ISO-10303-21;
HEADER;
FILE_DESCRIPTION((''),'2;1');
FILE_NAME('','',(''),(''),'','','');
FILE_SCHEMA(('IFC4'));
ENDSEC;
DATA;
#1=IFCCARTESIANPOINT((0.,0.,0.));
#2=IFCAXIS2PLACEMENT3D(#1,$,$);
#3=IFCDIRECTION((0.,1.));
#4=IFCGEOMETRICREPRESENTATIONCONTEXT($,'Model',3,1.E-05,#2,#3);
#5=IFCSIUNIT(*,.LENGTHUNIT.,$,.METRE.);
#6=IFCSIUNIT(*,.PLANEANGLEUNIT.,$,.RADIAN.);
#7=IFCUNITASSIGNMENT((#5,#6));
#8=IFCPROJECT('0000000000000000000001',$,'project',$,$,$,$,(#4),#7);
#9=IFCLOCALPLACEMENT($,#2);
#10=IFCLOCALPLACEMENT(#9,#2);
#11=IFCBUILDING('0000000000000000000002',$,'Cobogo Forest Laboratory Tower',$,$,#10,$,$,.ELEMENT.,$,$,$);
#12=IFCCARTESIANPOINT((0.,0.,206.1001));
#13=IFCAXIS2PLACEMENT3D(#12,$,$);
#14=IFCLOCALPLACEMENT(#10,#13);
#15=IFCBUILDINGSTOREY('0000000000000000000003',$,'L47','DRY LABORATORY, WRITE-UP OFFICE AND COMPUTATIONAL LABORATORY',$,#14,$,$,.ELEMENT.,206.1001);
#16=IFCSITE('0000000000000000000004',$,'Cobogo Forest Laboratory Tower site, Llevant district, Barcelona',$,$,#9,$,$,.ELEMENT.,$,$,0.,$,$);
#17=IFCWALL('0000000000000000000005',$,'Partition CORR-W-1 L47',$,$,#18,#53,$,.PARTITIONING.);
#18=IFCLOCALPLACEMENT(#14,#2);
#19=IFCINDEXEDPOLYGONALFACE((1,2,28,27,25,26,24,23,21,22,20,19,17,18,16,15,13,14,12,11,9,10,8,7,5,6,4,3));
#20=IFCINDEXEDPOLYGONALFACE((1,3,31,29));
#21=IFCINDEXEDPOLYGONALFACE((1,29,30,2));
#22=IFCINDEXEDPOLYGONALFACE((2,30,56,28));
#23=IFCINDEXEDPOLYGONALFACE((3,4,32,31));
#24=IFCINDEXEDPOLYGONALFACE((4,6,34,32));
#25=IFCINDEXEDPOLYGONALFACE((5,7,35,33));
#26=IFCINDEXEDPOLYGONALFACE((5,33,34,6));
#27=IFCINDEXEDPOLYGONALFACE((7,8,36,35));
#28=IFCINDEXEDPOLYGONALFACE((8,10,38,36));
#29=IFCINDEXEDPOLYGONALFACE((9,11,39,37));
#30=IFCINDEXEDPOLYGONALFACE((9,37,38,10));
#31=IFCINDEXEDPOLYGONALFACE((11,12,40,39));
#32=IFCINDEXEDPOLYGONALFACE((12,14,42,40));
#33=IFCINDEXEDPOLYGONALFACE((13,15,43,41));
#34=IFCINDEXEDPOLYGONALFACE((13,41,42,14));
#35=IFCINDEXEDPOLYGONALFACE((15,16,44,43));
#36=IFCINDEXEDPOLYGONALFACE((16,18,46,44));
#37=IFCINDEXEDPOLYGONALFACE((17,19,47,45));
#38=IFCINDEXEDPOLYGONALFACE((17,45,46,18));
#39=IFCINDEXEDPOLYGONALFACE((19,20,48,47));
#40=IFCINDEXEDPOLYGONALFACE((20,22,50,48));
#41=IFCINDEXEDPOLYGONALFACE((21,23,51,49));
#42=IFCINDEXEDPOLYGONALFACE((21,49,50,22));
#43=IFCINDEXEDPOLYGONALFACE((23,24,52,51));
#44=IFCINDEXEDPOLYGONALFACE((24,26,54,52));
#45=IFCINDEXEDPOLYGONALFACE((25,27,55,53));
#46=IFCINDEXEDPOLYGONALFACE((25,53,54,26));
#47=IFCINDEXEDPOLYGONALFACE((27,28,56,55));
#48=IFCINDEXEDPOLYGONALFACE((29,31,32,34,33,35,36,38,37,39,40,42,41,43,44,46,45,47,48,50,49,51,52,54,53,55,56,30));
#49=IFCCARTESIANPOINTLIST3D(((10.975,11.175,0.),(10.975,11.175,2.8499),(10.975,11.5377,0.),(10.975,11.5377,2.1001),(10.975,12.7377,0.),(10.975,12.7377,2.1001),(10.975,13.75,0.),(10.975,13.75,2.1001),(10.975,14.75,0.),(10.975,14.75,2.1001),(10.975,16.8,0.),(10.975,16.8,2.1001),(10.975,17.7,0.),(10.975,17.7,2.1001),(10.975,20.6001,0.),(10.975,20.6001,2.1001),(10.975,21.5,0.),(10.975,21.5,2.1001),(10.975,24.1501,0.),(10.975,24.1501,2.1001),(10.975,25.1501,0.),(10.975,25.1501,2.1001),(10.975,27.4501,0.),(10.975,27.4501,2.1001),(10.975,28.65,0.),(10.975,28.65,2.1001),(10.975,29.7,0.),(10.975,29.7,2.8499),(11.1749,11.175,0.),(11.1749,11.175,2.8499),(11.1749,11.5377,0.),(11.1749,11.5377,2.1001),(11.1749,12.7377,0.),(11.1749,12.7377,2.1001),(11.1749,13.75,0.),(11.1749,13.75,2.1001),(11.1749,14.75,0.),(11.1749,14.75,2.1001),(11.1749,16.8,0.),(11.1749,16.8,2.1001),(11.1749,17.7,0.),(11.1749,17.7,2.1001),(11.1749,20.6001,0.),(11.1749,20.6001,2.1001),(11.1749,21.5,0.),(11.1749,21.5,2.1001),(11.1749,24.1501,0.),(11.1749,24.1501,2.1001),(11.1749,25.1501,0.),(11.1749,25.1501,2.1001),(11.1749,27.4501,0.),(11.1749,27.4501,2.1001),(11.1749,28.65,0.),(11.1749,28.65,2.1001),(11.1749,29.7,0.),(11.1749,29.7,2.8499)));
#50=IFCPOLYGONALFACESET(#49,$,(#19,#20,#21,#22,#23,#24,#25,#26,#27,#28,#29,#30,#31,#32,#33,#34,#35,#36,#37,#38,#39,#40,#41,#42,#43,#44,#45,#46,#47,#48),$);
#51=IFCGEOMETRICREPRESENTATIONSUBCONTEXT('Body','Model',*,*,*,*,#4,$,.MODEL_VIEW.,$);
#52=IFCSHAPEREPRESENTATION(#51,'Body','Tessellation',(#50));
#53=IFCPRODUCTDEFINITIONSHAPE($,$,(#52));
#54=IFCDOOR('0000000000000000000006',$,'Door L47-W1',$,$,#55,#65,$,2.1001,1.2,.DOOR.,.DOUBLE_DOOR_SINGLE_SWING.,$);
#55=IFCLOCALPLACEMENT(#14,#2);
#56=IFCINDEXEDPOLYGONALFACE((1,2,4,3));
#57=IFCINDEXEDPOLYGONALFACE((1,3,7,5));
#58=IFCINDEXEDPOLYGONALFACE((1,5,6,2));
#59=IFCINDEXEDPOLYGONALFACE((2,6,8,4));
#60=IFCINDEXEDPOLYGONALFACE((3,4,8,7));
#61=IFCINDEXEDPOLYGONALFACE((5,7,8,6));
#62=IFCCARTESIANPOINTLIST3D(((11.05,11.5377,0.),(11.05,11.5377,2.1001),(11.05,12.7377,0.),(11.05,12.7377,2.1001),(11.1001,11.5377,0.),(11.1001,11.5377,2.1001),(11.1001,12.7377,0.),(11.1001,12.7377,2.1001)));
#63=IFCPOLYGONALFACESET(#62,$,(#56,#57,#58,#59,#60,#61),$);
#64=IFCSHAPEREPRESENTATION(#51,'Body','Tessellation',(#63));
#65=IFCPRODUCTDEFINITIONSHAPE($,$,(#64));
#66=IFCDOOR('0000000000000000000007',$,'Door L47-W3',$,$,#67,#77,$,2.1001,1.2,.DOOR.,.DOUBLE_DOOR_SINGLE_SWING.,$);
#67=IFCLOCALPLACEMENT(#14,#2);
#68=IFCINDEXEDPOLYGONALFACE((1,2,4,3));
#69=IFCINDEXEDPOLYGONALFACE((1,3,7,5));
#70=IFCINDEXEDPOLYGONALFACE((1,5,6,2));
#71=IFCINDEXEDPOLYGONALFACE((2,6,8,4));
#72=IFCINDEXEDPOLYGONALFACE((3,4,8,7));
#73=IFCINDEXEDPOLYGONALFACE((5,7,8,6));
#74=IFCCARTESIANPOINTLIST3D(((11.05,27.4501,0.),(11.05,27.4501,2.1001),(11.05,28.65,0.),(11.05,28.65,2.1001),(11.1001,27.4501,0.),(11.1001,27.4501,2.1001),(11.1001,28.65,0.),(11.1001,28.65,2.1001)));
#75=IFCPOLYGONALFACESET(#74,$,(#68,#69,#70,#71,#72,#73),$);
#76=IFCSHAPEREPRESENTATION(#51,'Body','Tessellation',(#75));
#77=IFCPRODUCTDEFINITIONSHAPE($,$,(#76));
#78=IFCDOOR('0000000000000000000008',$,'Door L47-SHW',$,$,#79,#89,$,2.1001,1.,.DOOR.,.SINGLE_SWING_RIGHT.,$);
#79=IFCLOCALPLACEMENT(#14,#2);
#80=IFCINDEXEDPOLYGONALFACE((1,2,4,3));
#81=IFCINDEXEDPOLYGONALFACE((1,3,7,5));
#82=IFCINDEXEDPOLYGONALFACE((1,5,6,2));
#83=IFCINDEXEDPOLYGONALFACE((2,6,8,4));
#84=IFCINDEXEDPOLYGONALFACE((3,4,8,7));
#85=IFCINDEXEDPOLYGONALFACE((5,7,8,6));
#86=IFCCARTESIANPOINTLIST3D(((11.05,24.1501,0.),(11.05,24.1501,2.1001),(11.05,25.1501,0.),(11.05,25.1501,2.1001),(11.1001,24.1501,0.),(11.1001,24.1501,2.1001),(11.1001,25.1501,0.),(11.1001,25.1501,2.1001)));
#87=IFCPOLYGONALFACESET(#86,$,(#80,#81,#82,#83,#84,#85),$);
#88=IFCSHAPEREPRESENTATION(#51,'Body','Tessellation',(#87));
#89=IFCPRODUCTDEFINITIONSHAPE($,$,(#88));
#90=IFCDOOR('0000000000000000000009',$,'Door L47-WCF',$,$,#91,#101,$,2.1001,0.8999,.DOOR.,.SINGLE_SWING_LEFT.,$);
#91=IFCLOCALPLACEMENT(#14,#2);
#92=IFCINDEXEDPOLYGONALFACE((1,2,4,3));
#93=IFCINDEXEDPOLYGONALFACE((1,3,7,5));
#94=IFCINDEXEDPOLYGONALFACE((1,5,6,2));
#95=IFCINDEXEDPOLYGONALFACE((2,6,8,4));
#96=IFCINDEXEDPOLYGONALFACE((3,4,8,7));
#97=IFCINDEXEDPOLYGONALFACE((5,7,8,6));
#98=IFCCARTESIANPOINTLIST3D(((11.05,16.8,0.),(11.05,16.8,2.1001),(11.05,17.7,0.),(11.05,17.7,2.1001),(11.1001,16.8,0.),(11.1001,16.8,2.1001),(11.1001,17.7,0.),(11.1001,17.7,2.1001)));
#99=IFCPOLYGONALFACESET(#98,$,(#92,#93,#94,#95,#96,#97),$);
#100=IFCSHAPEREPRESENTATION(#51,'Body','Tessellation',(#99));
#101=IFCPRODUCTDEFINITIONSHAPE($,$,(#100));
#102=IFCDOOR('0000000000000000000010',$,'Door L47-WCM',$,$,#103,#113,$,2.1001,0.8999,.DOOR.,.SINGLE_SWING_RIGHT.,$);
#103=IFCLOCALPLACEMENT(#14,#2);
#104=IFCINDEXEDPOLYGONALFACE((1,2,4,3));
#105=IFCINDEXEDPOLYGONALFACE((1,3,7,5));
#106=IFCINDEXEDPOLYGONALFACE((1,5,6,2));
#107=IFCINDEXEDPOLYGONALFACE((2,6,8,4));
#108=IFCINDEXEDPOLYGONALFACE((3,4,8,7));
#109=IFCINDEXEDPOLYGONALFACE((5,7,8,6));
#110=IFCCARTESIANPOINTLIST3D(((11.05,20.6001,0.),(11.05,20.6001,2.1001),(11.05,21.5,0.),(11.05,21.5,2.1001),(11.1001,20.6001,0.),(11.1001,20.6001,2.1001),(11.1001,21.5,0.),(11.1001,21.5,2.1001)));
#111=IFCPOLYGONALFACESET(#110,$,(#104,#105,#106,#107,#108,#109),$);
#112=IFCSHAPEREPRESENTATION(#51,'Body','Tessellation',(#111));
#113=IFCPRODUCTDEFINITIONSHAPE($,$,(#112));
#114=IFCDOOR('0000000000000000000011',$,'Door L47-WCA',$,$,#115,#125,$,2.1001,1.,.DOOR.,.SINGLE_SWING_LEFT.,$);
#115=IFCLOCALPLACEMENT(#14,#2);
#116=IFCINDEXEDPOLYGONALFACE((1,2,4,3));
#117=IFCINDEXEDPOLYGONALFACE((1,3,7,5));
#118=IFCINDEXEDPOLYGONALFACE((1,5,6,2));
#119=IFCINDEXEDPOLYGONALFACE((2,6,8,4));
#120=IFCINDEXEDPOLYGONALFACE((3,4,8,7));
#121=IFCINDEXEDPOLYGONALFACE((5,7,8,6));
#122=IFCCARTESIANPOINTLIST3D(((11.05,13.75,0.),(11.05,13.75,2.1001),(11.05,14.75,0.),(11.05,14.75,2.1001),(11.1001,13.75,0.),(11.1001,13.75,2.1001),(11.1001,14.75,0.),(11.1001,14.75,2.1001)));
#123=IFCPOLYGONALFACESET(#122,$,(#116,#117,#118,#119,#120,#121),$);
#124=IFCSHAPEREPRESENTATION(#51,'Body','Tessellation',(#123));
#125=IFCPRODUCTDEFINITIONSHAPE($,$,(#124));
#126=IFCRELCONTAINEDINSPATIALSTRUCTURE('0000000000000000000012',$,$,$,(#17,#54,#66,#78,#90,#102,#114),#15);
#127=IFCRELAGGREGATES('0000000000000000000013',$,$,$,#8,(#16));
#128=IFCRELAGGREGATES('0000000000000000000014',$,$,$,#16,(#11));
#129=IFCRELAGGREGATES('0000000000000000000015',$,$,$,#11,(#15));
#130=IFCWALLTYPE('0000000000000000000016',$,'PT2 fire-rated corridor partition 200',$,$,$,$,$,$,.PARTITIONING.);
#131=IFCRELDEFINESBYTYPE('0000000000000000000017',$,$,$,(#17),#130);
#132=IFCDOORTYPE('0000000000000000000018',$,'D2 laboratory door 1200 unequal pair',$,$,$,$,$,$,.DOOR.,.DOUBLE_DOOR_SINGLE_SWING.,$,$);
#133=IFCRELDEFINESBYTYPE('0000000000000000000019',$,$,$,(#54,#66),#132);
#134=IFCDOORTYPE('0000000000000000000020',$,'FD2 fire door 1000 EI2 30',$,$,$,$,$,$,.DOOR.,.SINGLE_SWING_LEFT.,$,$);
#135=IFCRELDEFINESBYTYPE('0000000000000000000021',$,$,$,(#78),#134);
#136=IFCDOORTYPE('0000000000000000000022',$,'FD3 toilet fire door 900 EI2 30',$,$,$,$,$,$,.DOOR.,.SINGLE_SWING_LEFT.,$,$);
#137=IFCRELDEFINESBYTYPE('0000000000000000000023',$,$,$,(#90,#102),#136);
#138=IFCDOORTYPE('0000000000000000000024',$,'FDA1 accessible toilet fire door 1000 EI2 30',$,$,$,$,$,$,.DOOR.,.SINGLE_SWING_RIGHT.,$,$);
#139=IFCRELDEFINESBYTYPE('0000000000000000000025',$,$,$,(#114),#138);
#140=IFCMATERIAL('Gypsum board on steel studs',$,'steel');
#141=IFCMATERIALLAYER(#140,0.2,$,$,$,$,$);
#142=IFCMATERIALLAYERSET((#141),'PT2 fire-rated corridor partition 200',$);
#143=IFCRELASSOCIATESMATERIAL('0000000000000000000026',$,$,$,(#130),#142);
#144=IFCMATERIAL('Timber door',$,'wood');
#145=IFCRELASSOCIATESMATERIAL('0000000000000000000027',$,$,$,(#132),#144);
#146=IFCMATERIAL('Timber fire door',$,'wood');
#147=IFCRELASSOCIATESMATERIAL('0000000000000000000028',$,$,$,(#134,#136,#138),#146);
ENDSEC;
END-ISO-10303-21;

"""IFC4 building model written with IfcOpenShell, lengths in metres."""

from ifc_helpers import new_model, si_unit, direction, frame, frame_2d, origin, place, context, subcontext, project, spatial, rectangle, extrude, material, layer, layer_set, type_object, element, fill, save


model = new_model("IFC4")

# Units and contexts
model_context = context("Model", 3, precision=1e-05, world=origin(), true_north=direction((0.0, 1.0)))
body_context = subcontext(model_context, "Body", "Model", "MODEL_VIEW")
ifc_project = project(units=[si_unit("LENGTHUNIT", "METRE"), si_unit("PLANEANGLEUNIT", "RADIAN")], contexts=[model_context])

# Site, building, storey
site_placement = place(None, origin())
site = spatial("IfcSite", under=ifc_project, at=site_placement, Name="Cobogo Forest Laboratory Tower site, Llevant district, Barcelona", CompositionType="ELEMENT", RefElevation=0.0)
building_placement = place(site_placement, origin())
building = spatial("IfcBuilding", under=site, at=building_placement, Name="Cobogo Forest Laboratory Tower", CompositionType="ELEMENT")
storey_placement = place(building_placement, frame((0.0, 0.0, 206.1001)))
storey = spatial("IfcBuildingStorey", under=building, at=storey_placement, Name="L47", Description="DRY LABORATORY, WRITE-UP OFFICE AND COMPUTATIONAL LABORATORY", CompositionType="ELEMENT", Elevation=206.1001)

# Wall, openings, doors
ifc_material_1 = material(Name="Gypsum board on steel studs", Category="steel")
ifc_layer = layer(ifc_material_1, 0.2)
ifc_layer_set = layer_set([ifc_layer], Name="PT2 fire-rated corridor partition 200")
wall_type = type_object("IfcWallType", Name="PT2 fire-rated corridor partition 200", PredefinedType="PARTITIONING", material=ifc_layer_set)
ifc_material_2 = material(Name="Timber door", Category="wood")
door_type_1 = type_object("IfcDoorType", Name="D2 laboratory door 1200 unequal pair", OperationType="DOUBLE_DOOR_SINGLE_SWING", PredefinedType="DOOR", material=ifc_material_2)
wall_1_placement = place(storey_placement, frame((11.075, 11.175, 0.0), z_axis=(0.0, 0.0, 1.0), x_axis=(0.0, 1.0, 0.0)))
wall_1 = element("IfcWall", 1, at=wall_1_placement, inside=storey, type_object=wall_type, Name="Partition CORR-W-1 L47", PredefinedType="PARTITIONING", context=body_context, shape_type="SweptSolid", body=[
    extrude(rectangle(XDim=18.5249, YDim=0.2, at=frame_2d((9.2625, 0.0))), origin(), (0.0, 0.0, 1.0), 2.8499),
])
opening_1_placement = place(wall_1_placement, frame((0.3625, 0.0, 0.0)))
opening_1 = element("IfcOpeningElement", 2, at=opening_1_placement, cuts=wall_1, PredefinedType="OPENING", context=body_context, shape_type="SweptSolid", body=[
    extrude(rectangle(XDim=1.2, YDim=2.1001, at=frame_2d((0.6001, 1.05))), frame((0.0, 0.1099, 0.0), z_axis=(0.0, -1.0, 0.0), x_axis=(1.0, 0.0, 0.0)), (0.0, 0.0, 1.0), 0.22),
])
opening_2_placement = place(wall_1_placement, frame((2.575, 0.0, 0.0)))
opening_2 = element("IfcOpeningElement", 3, at=opening_2_placement, cuts=wall_1, PredefinedType="OPENING", context=body_context, shape_type="SweptSolid", body=[
    extrude(rectangle(XDim=1.0, YDim=2.1001, at=frame_2d((0.5, 1.05))), frame((0.0, 0.1099, 0.0), z_axis=(0.0, -1.0, 0.0), x_axis=(1.0, 0.0, 0.0)), (0.0, 0.0, 1.0), 0.22),
])
opening_3_placement = place(wall_1_placement, frame((5.625, 0.0, 0.0)))
opening_3 = element("IfcOpeningElement", 4, at=opening_3_placement, cuts=wall_1, PredefinedType="OPENING", context=body_context, shape_type="SweptSolid", body=[
    extrude(rectangle(XDim=0.8999, YDim=2.1001, at=frame_2d((0.45, 1.05))), frame((0.0, 0.1099, 0.0), z_axis=(0.0, -1.0, 0.0), x_axis=(1.0, 0.0, 0.0)), (0.0, 0.0, 1.0), 0.22),
])
opening_4_placement = place(wall_1_placement, frame((9.425, 0.0, 0.0)))
opening_4 = element("IfcOpeningElement", 5, at=opening_4_placement, cuts=wall_1, PredefinedType="OPENING", context=body_context, shape_type="SweptSolid", body=[
    extrude(rectangle(XDim=0.8999, YDim=2.1001, at=frame_2d((0.45, 1.05))), frame((0.0, 0.1099, 0.0), z_axis=(0.0, -1.0, 0.0), x_axis=(1.0, 0.0, 0.0)), (0.0, 0.0, 1.0), 0.22),
])
opening_5_placement = place(wall_1_placement, frame((12.9751, 0.0, 0.0)))
opening_5 = element("IfcOpeningElement", 6, at=opening_5_placement, cuts=wall_1, PredefinedType="OPENING", context=body_context, shape_type="SweptSolid", body=[
    extrude(rectangle(XDim=1.0, YDim=2.1001, at=frame_2d((0.5, 1.05))), frame((0.0, 0.1099, 0.0), z_axis=(0.0, -1.0, 0.0), x_axis=(1.0, 0.0, 0.0)), (0.0, 0.0, 1.0), 0.22),
])
opening_6_placement = place(wall_1_placement, frame((16.2749, 0.0, 0.0)))
opening_6 = element("IfcOpeningElement", 7, at=opening_6_placement, cuts=wall_1, PredefinedType="OPENING", context=body_context, shape_type="SweptSolid", body=[
    extrude(rectangle(XDim=1.2, YDim=2.1001, at=frame_2d((0.6001, 1.05))), frame((0.0, 0.1099, 0.0), z_axis=(0.0, -1.0, 0.0), x_axis=(1.0, 0.0, 0.0)), (0.0, 0.0, 1.0), 0.22),
])
door_1_placement = place(opening_1_placement, origin())
door_1 = element("IfcDoor", 8, at=door_1_placement, inside=storey, type_object=door_type_1, Name="Door L47-W1", OperationType="DOUBLE_DOOR_SINGLE_SWING", OverallHeight=2.1001, OverallWidth=1.2, PredefinedType="DOOR", context=body_context, shape_type="SweptSolid", body=[
    extrude(rectangle(XDim=1.2, YDim=2.1001, at=frame_2d((0.6001, 1.05))), frame((0.0, 0.0249, 0.0), z_axis=(0.0, -1.0, 0.0), x_axis=(1.0, 0.0, 0.0)), (0.0, 0.0, 1.0), 0.05),
])
fill(opening_1, door_1)
door_2_placement = place(opening_6_placement, origin())
door_2 = element("IfcDoor", 9, at=door_2_placement, inside=storey, type_object=door_type_1, Name="Door L47-W3", OperationType="DOUBLE_DOOR_SINGLE_SWING", OverallHeight=2.1001, OverallWidth=1.2, PredefinedType="DOOR", context=body_context, shape_type="SweptSolid", body=[
    extrude(rectangle(XDim=1.2, YDim=2.1001, at=frame_2d((0.6001, 1.05))), frame((0.0, 0.0249, 0.0), z_axis=(0.0, -1.0, 0.0), x_axis=(1.0, 0.0, 0.0)), (0.0, 0.0, 1.0), 0.05),
])
fill(opening_6, door_2)
ifc_material_3 = material(Name="Timber fire door", Category="wood")
door_type_2 = type_object("IfcDoorType", Name="FD2 fire door 1000 EI2 30", OperationType="SINGLE_SWING_LEFT", PredefinedType="DOOR", material=ifc_material_3)
door_3_placement = place(opening_5_placement, origin())
door_3 = element("IfcDoor", 10, at=door_3_placement, inside=storey, type_object=door_type_2, Name="Door L47-SHW", OperationType="SINGLE_SWING_RIGHT", OverallHeight=2.1001, OverallWidth=1.0, PredefinedType="DOOR", context=body_context, shape_type="SweptSolid", body=[
    extrude(rectangle(XDim=1.0, YDim=2.1001, at=frame_2d((0.5, 1.05))), frame((0.0, 0.0249, 0.0), z_axis=(0.0, -1.0, 0.0), x_axis=(1.0, 0.0, 0.0)), (0.0, 0.0, 1.0), 0.05),
])
fill(opening_5, door_3)
door_type_3 = type_object("IfcDoorType", Name="FD3 toilet fire door 900 EI2 30", OperationType="SINGLE_SWING_LEFT", PredefinedType="DOOR", material=ifc_material_3)
door_4_placement = place(opening_3_placement, origin())
door_4 = element("IfcDoor", 11, at=door_4_placement, inside=storey, type_object=door_type_3, Name="Door L47-WCF", OperationType="SINGLE_SWING_LEFT", OverallHeight=2.1001, OverallWidth=0.8999, PredefinedType="DOOR", context=body_context, shape_type="SweptSolid", body=[
    extrude(rectangle(XDim=0.8999, YDim=2.1001, at=frame_2d((0.45, 1.05))), frame((0.0, 0.0249, 0.0), z_axis=(0.0, -1.0, 0.0), x_axis=(1.0, 0.0, 0.0)), (0.0, 0.0, 1.0), 0.05),
])
fill(opening_3, door_4)
door_5_placement = place(opening_4_placement, origin())
door_5 = element("IfcDoor", 12, at=door_5_placement, inside=storey, type_object=door_type_3, Name="Door L47-WCM", OperationType="SINGLE_SWING_RIGHT", OverallHeight=2.1001, OverallWidth=0.8999, PredefinedType="DOOR", context=body_context, shape_type="SweptSolid", body=[
    extrude(rectangle(XDim=0.8999, YDim=2.1001, at=frame_2d((0.45, 1.05))), frame((0.0, 0.0249, 0.0), z_axis=(0.0, -1.0, 0.0), x_axis=(1.0, 0.0, 0.0)), (0.0, 0.0, 1.0), 0.05),
])
fill(opening_4, door_5)
door_type_4 = type_object("IfcDoorType", Name="FDA1 accessible toilet fire door 1000 EI2 30", OperationType="SINGLE_SWING_RIGHT", PredefinedType="DOOR", material=ifc_material_3)
door_6_placement = place(opening_2_placement, origin())
door_6 = element("IfcDoor", 13, at=door_6_placement, inside=storey, type_object=door_type_4, Name="Door L47-WCA", OperationType="SINGLE_SWING_LEFT", OverallHeight=2.1001, OverallWidth=1.0, PredefinedType="DOOR", context=body_context, shape_type="SweptSolid", body=[
    extrude(rectangle(XDim=1.0, YDim=2.1001, at=frame_2d((0.5, 1.05))), frame((0.0, 0.0249, 0.0), z_axis=(0.0, -1.0, 0.0), x_axis=(1.0, 0.0, 0.0)), (0.0, 0.0, 1.0), 0.05),
])
fill(opening_2, door_6)

save(model, "model.ifc")
